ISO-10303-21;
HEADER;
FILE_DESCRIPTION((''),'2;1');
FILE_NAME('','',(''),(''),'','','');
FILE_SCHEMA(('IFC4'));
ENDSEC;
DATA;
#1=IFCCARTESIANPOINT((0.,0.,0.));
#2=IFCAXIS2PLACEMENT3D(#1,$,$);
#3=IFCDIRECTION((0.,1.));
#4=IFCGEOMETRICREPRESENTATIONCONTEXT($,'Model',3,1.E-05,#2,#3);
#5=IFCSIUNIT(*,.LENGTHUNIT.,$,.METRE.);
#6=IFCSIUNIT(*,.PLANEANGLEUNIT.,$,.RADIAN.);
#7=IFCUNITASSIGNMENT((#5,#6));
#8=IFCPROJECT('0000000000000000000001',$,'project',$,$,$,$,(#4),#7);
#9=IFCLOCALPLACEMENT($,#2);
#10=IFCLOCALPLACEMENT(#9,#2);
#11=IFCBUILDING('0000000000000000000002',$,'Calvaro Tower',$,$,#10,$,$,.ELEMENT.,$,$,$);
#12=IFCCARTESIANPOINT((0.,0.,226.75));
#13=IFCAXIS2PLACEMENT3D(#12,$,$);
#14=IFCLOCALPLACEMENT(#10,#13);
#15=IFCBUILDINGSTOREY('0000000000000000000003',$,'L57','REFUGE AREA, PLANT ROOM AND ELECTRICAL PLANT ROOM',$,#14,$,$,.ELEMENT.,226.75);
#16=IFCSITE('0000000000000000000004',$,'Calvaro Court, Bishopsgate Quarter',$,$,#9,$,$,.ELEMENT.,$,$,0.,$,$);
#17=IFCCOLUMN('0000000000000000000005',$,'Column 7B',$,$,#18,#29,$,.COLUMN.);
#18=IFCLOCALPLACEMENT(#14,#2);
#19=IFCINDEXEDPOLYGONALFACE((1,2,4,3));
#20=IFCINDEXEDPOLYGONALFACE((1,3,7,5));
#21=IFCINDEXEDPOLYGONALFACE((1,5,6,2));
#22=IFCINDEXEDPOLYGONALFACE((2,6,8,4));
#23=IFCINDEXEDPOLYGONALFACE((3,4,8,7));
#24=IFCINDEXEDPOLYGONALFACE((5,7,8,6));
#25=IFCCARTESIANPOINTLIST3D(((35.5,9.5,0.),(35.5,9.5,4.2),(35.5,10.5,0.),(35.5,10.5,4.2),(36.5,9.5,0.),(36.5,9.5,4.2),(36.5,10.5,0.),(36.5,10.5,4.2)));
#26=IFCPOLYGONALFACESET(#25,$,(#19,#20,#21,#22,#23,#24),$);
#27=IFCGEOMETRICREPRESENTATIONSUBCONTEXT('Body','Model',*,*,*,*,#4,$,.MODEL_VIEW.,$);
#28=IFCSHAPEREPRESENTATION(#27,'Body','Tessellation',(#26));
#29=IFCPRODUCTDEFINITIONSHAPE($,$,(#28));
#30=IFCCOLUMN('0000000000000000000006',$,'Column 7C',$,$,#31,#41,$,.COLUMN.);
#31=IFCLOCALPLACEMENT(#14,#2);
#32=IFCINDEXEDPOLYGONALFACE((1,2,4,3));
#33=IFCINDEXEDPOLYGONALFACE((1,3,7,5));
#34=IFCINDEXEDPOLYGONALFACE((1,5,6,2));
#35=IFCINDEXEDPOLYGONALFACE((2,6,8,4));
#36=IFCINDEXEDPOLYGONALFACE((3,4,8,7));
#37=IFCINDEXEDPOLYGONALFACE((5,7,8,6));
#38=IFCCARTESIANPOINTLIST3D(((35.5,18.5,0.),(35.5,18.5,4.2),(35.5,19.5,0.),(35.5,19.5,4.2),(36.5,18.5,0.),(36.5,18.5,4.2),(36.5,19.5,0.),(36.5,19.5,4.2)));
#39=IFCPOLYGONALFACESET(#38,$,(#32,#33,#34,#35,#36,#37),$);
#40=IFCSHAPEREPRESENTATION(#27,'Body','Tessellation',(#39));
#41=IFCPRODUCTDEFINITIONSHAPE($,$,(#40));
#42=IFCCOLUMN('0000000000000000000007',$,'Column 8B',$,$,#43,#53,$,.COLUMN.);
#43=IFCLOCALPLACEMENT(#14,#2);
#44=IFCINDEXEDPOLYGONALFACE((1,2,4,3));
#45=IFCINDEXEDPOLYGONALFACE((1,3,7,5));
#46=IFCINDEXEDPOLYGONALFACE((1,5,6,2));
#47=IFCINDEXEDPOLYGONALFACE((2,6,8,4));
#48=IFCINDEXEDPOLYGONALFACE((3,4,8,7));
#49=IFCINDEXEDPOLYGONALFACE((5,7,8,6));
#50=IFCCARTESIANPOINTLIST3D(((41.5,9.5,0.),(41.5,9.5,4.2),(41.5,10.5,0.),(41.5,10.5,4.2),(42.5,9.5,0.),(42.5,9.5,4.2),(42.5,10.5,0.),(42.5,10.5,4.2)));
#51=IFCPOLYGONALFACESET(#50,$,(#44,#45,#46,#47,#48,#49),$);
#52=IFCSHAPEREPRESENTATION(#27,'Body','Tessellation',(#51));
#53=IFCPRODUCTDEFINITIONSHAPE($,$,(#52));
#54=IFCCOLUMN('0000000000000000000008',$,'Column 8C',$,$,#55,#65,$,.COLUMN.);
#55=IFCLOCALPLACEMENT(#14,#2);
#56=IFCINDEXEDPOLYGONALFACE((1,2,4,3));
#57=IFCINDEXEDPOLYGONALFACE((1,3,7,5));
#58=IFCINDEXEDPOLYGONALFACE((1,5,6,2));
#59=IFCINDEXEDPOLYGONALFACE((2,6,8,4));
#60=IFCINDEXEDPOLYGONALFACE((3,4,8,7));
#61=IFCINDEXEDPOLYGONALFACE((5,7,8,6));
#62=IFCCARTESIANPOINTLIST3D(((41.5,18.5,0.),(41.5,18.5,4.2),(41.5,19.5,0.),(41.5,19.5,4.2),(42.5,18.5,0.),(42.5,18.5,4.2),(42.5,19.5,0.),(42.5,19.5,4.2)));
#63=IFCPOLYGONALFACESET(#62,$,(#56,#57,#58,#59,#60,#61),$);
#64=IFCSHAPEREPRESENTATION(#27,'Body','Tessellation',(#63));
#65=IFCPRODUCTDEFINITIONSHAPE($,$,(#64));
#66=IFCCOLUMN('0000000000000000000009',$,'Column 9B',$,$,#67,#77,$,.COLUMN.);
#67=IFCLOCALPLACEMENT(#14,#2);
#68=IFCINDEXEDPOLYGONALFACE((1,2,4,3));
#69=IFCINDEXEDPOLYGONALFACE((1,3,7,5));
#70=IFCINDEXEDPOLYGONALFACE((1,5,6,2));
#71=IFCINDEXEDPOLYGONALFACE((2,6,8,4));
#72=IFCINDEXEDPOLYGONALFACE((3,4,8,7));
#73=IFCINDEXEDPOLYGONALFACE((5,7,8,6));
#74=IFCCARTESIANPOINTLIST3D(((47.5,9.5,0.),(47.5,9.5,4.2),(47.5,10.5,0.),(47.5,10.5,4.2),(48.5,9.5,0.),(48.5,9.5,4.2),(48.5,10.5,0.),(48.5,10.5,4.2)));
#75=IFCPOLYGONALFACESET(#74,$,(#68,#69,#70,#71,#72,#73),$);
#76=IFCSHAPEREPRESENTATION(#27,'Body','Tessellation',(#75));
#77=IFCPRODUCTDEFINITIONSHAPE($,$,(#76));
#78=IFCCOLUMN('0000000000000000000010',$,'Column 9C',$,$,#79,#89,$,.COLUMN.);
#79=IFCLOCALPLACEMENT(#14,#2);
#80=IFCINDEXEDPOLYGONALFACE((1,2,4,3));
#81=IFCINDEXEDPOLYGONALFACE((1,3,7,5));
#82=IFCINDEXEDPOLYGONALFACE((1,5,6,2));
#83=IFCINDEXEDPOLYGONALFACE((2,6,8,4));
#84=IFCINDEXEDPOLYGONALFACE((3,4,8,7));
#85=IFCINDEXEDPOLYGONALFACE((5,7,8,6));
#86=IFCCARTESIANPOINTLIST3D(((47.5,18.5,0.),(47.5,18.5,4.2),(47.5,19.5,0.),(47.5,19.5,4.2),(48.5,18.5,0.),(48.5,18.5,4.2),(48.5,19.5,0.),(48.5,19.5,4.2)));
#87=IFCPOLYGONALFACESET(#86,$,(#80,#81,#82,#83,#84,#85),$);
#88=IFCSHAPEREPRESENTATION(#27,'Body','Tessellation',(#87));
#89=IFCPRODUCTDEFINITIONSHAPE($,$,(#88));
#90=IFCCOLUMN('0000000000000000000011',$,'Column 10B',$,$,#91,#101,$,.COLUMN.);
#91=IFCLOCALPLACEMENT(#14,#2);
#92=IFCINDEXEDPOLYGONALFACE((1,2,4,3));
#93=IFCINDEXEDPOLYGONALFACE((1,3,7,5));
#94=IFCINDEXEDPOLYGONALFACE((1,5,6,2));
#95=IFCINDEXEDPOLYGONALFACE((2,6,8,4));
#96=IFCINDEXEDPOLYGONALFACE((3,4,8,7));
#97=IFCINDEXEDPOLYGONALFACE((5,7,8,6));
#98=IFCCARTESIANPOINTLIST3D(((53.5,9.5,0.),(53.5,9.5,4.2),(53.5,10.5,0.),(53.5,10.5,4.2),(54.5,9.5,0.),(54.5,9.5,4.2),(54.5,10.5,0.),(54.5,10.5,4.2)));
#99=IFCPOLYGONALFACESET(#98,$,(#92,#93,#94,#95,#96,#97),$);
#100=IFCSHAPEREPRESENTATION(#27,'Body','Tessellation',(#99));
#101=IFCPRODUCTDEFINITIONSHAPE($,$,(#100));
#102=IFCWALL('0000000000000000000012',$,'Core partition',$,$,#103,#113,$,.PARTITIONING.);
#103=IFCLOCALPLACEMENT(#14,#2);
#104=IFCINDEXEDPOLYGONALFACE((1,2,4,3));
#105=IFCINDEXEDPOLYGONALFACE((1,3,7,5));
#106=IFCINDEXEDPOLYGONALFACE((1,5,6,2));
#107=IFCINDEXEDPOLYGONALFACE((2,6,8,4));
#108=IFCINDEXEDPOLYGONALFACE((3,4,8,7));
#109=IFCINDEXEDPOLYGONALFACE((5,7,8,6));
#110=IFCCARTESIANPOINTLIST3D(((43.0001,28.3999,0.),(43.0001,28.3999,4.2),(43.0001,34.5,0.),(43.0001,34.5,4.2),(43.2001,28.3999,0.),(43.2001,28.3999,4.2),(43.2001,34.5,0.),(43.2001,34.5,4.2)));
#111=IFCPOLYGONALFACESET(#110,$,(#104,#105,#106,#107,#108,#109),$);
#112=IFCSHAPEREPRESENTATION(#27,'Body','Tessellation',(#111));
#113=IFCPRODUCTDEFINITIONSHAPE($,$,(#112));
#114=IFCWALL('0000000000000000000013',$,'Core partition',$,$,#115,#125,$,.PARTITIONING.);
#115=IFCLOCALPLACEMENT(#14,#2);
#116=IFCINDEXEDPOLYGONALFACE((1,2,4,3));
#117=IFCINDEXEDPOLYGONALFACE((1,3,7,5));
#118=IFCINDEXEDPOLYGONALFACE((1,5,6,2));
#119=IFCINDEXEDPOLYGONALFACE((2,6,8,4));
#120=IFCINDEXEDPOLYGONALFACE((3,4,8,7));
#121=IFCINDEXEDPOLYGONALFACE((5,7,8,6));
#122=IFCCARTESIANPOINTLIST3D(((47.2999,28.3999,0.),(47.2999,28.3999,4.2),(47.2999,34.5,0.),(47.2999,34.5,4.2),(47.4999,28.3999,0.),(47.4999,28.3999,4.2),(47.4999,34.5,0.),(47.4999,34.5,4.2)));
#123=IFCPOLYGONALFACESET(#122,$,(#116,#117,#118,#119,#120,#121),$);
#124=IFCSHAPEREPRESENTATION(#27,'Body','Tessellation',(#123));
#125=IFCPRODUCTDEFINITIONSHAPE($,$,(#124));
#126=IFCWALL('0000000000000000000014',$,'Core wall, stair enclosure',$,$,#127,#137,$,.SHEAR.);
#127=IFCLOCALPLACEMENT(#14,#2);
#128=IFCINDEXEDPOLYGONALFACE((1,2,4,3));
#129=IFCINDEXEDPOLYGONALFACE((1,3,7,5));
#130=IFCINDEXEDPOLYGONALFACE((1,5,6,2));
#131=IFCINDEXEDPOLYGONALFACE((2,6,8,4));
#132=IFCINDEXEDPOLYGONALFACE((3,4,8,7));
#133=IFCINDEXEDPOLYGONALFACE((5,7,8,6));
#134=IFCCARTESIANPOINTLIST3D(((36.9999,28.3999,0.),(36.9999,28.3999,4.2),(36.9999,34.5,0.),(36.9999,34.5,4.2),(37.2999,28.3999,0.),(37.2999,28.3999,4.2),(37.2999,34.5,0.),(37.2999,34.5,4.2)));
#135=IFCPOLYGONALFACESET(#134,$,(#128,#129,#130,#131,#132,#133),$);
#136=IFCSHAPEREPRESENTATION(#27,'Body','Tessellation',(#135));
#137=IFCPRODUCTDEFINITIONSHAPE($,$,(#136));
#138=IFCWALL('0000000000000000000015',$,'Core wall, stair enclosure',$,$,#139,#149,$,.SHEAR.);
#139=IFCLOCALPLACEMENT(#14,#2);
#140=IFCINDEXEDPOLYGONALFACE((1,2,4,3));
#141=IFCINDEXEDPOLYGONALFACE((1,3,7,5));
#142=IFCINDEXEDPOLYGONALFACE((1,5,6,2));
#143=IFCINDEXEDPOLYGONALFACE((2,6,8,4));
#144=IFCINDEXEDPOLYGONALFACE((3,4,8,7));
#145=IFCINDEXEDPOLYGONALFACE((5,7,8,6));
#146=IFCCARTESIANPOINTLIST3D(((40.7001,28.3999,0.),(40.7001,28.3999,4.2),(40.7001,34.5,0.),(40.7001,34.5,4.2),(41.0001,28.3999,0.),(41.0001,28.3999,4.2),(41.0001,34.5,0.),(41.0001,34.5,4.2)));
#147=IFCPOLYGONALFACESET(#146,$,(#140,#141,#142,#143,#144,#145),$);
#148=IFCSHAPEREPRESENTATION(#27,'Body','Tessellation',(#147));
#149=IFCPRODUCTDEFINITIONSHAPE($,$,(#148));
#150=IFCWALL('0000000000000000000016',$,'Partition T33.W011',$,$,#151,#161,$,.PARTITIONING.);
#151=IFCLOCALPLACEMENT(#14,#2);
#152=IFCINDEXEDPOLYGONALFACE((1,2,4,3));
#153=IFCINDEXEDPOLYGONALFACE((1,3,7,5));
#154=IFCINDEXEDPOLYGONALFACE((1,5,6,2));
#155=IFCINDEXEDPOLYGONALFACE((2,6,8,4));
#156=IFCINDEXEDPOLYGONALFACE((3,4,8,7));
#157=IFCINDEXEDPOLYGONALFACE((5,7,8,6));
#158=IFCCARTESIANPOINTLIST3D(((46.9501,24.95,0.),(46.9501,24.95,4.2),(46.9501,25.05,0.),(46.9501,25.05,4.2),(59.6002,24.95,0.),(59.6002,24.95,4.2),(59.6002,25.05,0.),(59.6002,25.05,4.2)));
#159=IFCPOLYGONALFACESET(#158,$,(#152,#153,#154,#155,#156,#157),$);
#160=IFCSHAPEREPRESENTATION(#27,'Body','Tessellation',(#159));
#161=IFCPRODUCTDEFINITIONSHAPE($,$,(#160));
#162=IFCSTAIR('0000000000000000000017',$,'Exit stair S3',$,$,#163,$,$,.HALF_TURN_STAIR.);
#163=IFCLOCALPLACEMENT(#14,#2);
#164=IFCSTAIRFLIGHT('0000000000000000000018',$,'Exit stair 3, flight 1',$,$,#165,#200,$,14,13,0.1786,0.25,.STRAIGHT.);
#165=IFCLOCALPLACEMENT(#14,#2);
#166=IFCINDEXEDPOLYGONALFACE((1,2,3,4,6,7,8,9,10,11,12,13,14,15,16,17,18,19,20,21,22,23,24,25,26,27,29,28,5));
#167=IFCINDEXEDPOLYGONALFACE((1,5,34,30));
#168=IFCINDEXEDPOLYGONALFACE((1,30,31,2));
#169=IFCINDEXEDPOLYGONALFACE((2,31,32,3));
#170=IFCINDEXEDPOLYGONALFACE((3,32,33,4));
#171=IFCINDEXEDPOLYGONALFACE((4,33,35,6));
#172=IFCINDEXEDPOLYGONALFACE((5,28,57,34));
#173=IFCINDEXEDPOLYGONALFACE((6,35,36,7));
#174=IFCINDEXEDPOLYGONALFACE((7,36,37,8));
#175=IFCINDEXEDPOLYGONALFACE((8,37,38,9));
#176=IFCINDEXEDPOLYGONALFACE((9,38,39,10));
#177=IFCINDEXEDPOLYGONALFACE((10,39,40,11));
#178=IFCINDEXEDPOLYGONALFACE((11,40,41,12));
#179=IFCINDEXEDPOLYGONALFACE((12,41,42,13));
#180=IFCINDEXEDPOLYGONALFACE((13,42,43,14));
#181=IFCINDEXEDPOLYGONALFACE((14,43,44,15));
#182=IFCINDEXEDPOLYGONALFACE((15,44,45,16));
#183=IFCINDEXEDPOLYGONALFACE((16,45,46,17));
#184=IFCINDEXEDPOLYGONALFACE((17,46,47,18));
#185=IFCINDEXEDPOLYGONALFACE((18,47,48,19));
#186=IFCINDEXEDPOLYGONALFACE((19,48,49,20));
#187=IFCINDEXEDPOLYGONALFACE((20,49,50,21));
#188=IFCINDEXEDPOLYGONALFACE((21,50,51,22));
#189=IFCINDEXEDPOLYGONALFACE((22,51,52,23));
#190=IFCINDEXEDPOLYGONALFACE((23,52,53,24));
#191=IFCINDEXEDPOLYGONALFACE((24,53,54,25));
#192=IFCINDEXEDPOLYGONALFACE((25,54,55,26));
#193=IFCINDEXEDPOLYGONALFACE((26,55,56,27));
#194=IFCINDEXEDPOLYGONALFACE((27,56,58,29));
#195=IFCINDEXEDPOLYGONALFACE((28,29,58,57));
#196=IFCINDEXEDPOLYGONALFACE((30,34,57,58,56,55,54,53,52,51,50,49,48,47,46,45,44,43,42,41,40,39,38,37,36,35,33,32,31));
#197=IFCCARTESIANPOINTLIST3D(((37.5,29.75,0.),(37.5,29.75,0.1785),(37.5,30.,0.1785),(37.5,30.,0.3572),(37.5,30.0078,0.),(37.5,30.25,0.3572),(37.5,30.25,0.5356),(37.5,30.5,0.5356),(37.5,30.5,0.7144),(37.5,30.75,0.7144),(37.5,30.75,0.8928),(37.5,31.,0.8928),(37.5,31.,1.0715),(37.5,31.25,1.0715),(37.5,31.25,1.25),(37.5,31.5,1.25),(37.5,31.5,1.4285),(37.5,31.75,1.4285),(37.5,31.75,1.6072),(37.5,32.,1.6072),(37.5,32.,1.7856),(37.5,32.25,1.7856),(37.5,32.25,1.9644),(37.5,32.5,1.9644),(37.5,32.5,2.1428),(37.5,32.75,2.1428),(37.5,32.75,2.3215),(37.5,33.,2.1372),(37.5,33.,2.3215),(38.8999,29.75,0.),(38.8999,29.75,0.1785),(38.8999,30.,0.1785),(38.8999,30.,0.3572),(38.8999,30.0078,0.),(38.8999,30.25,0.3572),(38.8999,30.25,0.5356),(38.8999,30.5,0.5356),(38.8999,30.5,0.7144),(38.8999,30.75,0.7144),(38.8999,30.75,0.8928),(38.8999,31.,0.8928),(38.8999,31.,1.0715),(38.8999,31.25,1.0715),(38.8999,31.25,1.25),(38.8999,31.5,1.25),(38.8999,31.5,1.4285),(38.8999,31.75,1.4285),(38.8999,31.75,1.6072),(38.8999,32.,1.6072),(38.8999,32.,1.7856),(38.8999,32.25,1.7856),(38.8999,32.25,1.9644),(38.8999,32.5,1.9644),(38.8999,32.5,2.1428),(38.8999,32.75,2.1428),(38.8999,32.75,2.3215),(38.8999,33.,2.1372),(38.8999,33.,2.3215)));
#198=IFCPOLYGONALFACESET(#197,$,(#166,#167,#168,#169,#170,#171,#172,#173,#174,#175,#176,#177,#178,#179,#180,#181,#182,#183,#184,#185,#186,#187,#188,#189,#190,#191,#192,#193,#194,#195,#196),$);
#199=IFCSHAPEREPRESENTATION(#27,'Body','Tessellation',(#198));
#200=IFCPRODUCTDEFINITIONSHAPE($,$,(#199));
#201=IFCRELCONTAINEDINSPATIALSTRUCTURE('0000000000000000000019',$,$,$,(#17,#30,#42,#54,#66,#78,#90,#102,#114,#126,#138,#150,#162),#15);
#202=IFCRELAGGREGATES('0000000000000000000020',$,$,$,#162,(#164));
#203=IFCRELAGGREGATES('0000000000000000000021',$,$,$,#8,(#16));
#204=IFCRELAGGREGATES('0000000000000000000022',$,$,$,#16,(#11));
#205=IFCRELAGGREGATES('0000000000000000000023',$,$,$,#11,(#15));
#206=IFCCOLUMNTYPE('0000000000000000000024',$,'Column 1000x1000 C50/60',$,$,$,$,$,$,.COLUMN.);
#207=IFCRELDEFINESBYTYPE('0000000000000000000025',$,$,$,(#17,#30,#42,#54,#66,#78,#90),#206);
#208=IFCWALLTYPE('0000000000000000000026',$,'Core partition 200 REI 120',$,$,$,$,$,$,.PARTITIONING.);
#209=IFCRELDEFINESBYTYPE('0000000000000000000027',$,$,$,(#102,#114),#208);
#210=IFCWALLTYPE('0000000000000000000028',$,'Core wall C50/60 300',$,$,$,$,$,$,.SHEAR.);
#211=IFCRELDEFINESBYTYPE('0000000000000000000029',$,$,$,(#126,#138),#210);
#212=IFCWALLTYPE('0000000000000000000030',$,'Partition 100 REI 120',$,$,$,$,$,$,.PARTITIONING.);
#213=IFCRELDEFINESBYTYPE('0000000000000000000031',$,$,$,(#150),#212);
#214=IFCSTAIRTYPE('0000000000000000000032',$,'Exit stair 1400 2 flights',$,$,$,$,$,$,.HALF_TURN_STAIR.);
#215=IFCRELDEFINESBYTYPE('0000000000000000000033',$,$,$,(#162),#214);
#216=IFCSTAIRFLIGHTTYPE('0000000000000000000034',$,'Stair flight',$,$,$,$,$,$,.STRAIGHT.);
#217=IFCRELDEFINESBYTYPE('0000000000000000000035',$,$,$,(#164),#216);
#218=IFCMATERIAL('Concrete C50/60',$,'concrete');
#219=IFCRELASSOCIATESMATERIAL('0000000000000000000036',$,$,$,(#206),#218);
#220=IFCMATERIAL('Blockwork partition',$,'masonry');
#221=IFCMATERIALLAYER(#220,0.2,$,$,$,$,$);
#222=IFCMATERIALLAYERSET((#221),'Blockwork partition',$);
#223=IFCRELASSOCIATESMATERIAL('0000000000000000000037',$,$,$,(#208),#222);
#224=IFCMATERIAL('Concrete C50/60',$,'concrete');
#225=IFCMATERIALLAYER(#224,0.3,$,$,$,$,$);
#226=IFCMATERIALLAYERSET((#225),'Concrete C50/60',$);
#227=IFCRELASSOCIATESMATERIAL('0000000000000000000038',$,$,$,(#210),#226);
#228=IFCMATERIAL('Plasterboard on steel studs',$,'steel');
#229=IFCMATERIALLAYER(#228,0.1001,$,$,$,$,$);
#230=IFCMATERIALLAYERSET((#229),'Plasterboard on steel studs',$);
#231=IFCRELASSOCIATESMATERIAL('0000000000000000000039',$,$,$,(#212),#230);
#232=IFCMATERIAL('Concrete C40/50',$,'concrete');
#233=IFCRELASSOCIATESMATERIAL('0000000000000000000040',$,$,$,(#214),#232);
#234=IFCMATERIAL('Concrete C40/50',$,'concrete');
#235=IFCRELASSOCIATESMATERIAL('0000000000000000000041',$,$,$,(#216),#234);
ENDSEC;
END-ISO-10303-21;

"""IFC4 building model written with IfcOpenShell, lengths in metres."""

from ifc_helpers import new_model, si_unit, direction, frame, frame_2d, origin, origin_2d, place, context, subcontext, project, spatial, polyline, rectangle, outline, extrude, material, layer, layer_set, material_profile, profile_set, type_object, element, aggregate, save


model = new_model("IFC4")

# Units and contexts
model_context = context("Model", 3, precision=1e-05, world=origin(), true_north=direction((0.0, 1.0)))
body_context = subcontext(model_context, "Body", "Model", "MODEL_VIEW")
ifc_project = project(units=[si_unit("LENGTHUNIT", "METRE"), si_unit("PLANEANGLEUNIT", "RADIAN")], contexts=[model_context])

# Site, building, storey
site_placement = place(None, origin())
site = spatial("IfcSite", under=ifc_project, at=site_placement, Name="Calvaro Court, Bishopsgate Quarter", CompositionType="ELEMENT", RefElevation=0.0)
building_placement = place(site_placement, origin())
building = spatial("IfcBuilding", under=site, at=building_placement, Name="Calvaro Tower", CompositionType="ELEMENT")
storey_placement = place(building_placement, frame((0.0, 0.0, 226.75)))
storey = spatial("IfcBuildingStorey", under=building, at=storey_placement, Name="L57", Description="REFUGE AREA, PLANT ROOM AND ELECTRICAL PLANT ROOM", CompositionType="ELEMENT", Elevation=226.75)

# Columns
ifc_material_1 = material(Name="Concrete C50/60", Category="concrete")
ifc_material_profile = material_profile(ifc_material_1, rectangle(XDim=1.0, YDim=1.0, at=origin_2d()), Name="RC 1000x1000")
ifc_profile_set = profile_set([ifc_material_profile], Name="Concrete C50/60")
column_type = type_object("IfcColumnType", Name="Column 1000x1000 C50/60", PredefinedType="COLUMN", material=ifc_profile_set)
for number, where, z_axis, x_axis, name in (
    (1, (36.0, 10.0, 0.0), (0.0, 0.0, 1.0), (1.0, 0.0, 0.0), "Column 7B"),
    (2, (36.0, 19.0, 0.0), (0.0, 0.0, 1.0), (1.0, 0.0, 0.0), "Column 7C"),
    (3, (42.0, 10.0, 0.0), (0.0, 0.0, 1.0), (1.0, 0.0, 0.0), "Column 8B"),
    (4, (42.0, 19.0, 0.0), (0.0, 0.0, 1.0), (1.0, 0.0, 0.0), "Column 8C"),
    (5, (48.0, 10.0, 0.0), (0.0, 0.0, 1.0), (1.0, 0.0, 0.0), "Column 9B"),
    (6, (48.0, 19.0, 0.0), (0.0, 0.0, 1.0), (1.0, 0.0, 0.0), "Column 9C"),
    (7, (54.0, 10.0, 0.0), (0.0, 0.0, 1.0), (1.0, 0.0, 0.0), "Column 10B"),
):
    element("IfcColumn", number, at=place(storey_placement, frame(where, z_axis=z_axis, x_axis=x_axis)), inside=storey, type_object=column_type, Name=name, PredefinedType="COLUMN", context=body_context, shape_type="SweptSolid", body=[
        extrude(rectangle(XDim=1.0, YDim=1.0, at=origin_2d()), origin(), (0.0, 0.0, 1.0), 4.2),
    ])

# Walls
ifc_material_2 = material(Name="Blockwork partition", Category="masonry")
ifc_layer_1 = layer(ifc_material_2, 0.2)
ifc_layer_set_1 = layer_set([ifc_layer_1], Name="Blockwork partition")
wall_type_1 = type_object("IfcWallType", Name="Core partition 200 REI 120", PredefinedType="PARTITIONING", material=ifc_layer_set_1)
for number, where, z_axis, x_axis, name in (
    (8, (43.1001, 28.3999, 0.0), (0.0, 0.0, 1.0), (0.0, 1.0, 0.0), "Core partition"),
    (9, (47.3999, 28.3999, 0.0), (0.0, 0.0, 1.0), (0.0, 1.0, 0.0), "Core partition"),
):
    element("IfcWall", number, at=place(storey_placement, frame(where, z_axis=z_axis, x_axis=x_axis)), inside=storey, type_object=wall_type_1, Name=name, PredefinedType="PARTITIONING", context=body_context, shape_type="SweptSolid", body=[
        extrude(rectangle(XDim=6.1001, YDim=0.2, at=frame_2d((3.05, 0.0))), origin(), (0.0, 0.0, 1.0), 4.2),
    ])
ifc_material_3 = material(Name="Concrete C50/60", Category="concrete")
ifc_layer_2 = layer(ifc_material_3, 0.3)
ifc_layer_set_2 = layer_set([ifc_layer_2], Name="Concrete C50/60")
wall_type_2 = type_object("IfcWallType", Name="Core wall C50/60 300", PredefinedType="SHEAR", material=ifc_layer_set_2)
for number, where, z_axis, x_axis, name in (
    (10, (37.1499, 28.3999, 0.0), (0.0, 0.0, 1.0), (0.0, 1.0, 0.0), "Core wall, stair enclosure"),
    (11, (40.8501, 28.3999, 0.0), (0.0, 0.0, 1.0), (0.0, 1.0, 0.0), "Core wall, stair enclosure"),
):
    element("IfcWall", number, at=place(storey_placement, frame(where, z_axis=z_axis, x_axis=x_axis)), inside=storey, type_object=wall_type_2, Name=name, PredefinedType="SHEAR", context=body_context, shape_type="SweptSolid", body=[
        extrude(rectangle(XDim=6.1001, YDim=0.3, at=frame_2d((3.05, 0.0))), origin(), (0.0, 0.0, 1.0), 4.2),
    ])
ifc_material_4 = material(Name="Plasterboard on steel studs", Category="steel")
ifc_layer_3 = layer(ifc_material_4, 0.1001)
ifc_layer_set_3 = layer_set([ifc_layer_3], Name="Plasterboard on steel studs")
wall_type_3 = type_object("IfcWallType", Name="Partition 100 REI 120", PredefinedType="PARTITIONING", material=ifc_layer_set_3)
wall_placement = place(storey_placement, frame((46.95, 25.0, 0.0), z_axis=(0.0, 0.0, 1.0), x_axis=(1.0, 0.0, 0.0)))
element("IfcWall", 12, at=wall_placement, inside=storey, type_object=wall_type_3, Name="Partition T33.W011", PredefinedType="PARTITIONING", context=body_context, shape_type="SweptSolid", body=[
    extrude(rectangle(XDim=12.6501, YDim=0.1001, at=frame_2d((6.3252, 0.0))), origin(), (0.0, 0.0, 1.0), 4.2),
])

# Stair, stair flight
ifc_material_5 = material(Name="Concrete C40/50", Category="concrete")
stair_type = type_object("IfcStairType", Name="Exit stair 1400 2 flights", PredefinedType="HALF_TURN_STAIR", material=ifc_material_5)
stair_1_placement = place(storey_placement, origin())
stair_1 = element("IfcStair", 13, at=stair_1_placement, inside=storey, type_object=stair_type, Name="Exit stair S3", PredefinedType="HALF_TURN_STAIR")
ifc_material_6 = material(Name="Concrete C40/50", Category="concrete")
stair_flight_type = type_object("IfcStairFlightType", Name="Stair flight", PredefinedType="STRAIGHT", material=ifc_material_6)
stair_flight_1_placement = place(storey_placement, frame((38.2, 29.75, 0.0), z_axis=(0.0, 0.0, 1.0), x_axis=(0.0, 1.0, 0.0)))
stair_flight_1 = element("IfcStairFlight", 14, at=stair_flight_1_placement, type_object=stair_flight_type, Name="Exit stair 3, flight 1", NumberOfRisers=14, NumberOfTreads=13, PredefinedType="STRAIGHT", RiserHeight=0.1786, TreadLength=0.25, context=body_context, shape_type="SweptSolid", body=[
    extrude(outline(polyline([(0.0, 0.0), (0.0, 0.1785), (0.25, 0.1785), (0.25, 0.3572), (0.5, 0.3572), (0.5, 0.5356), (0.75, 0.5356), (0.75, 0.7144), (1.0, 0.7144), (1.0, 0.8928), (1.25, 0.8928), (1.25, 1.0715), (1.5, 1.0715), (1.5, 1.25), (1.75, 1.25), (1.75, 1.4285), (2.0, 1.4285), (2.0, 1.6072), (2.25, 1.6072), (2.25, 1.7856), (2.5, 1.7856), (2.5, 1.9644), (2.75, 1.9644), (2.75, 2.1428), (3.0, 2.1428), (3.0, 2.3215), (3.25, 2.3215), (3.25, 2.5), (3.25, 2.1372), (0.2578, 0.0), (0.0, 0.0)])), frame((0.0, 0.7, 0.0), z_axis=(0.0, -1.0, 0.0), x_axis=(1.0, 0.0, 0.0)), (0.0, 0.0, 1.0), 1.3999),
])

aggregate(stair_1, [stair_flight_1])

save(model, "model.ifc")
